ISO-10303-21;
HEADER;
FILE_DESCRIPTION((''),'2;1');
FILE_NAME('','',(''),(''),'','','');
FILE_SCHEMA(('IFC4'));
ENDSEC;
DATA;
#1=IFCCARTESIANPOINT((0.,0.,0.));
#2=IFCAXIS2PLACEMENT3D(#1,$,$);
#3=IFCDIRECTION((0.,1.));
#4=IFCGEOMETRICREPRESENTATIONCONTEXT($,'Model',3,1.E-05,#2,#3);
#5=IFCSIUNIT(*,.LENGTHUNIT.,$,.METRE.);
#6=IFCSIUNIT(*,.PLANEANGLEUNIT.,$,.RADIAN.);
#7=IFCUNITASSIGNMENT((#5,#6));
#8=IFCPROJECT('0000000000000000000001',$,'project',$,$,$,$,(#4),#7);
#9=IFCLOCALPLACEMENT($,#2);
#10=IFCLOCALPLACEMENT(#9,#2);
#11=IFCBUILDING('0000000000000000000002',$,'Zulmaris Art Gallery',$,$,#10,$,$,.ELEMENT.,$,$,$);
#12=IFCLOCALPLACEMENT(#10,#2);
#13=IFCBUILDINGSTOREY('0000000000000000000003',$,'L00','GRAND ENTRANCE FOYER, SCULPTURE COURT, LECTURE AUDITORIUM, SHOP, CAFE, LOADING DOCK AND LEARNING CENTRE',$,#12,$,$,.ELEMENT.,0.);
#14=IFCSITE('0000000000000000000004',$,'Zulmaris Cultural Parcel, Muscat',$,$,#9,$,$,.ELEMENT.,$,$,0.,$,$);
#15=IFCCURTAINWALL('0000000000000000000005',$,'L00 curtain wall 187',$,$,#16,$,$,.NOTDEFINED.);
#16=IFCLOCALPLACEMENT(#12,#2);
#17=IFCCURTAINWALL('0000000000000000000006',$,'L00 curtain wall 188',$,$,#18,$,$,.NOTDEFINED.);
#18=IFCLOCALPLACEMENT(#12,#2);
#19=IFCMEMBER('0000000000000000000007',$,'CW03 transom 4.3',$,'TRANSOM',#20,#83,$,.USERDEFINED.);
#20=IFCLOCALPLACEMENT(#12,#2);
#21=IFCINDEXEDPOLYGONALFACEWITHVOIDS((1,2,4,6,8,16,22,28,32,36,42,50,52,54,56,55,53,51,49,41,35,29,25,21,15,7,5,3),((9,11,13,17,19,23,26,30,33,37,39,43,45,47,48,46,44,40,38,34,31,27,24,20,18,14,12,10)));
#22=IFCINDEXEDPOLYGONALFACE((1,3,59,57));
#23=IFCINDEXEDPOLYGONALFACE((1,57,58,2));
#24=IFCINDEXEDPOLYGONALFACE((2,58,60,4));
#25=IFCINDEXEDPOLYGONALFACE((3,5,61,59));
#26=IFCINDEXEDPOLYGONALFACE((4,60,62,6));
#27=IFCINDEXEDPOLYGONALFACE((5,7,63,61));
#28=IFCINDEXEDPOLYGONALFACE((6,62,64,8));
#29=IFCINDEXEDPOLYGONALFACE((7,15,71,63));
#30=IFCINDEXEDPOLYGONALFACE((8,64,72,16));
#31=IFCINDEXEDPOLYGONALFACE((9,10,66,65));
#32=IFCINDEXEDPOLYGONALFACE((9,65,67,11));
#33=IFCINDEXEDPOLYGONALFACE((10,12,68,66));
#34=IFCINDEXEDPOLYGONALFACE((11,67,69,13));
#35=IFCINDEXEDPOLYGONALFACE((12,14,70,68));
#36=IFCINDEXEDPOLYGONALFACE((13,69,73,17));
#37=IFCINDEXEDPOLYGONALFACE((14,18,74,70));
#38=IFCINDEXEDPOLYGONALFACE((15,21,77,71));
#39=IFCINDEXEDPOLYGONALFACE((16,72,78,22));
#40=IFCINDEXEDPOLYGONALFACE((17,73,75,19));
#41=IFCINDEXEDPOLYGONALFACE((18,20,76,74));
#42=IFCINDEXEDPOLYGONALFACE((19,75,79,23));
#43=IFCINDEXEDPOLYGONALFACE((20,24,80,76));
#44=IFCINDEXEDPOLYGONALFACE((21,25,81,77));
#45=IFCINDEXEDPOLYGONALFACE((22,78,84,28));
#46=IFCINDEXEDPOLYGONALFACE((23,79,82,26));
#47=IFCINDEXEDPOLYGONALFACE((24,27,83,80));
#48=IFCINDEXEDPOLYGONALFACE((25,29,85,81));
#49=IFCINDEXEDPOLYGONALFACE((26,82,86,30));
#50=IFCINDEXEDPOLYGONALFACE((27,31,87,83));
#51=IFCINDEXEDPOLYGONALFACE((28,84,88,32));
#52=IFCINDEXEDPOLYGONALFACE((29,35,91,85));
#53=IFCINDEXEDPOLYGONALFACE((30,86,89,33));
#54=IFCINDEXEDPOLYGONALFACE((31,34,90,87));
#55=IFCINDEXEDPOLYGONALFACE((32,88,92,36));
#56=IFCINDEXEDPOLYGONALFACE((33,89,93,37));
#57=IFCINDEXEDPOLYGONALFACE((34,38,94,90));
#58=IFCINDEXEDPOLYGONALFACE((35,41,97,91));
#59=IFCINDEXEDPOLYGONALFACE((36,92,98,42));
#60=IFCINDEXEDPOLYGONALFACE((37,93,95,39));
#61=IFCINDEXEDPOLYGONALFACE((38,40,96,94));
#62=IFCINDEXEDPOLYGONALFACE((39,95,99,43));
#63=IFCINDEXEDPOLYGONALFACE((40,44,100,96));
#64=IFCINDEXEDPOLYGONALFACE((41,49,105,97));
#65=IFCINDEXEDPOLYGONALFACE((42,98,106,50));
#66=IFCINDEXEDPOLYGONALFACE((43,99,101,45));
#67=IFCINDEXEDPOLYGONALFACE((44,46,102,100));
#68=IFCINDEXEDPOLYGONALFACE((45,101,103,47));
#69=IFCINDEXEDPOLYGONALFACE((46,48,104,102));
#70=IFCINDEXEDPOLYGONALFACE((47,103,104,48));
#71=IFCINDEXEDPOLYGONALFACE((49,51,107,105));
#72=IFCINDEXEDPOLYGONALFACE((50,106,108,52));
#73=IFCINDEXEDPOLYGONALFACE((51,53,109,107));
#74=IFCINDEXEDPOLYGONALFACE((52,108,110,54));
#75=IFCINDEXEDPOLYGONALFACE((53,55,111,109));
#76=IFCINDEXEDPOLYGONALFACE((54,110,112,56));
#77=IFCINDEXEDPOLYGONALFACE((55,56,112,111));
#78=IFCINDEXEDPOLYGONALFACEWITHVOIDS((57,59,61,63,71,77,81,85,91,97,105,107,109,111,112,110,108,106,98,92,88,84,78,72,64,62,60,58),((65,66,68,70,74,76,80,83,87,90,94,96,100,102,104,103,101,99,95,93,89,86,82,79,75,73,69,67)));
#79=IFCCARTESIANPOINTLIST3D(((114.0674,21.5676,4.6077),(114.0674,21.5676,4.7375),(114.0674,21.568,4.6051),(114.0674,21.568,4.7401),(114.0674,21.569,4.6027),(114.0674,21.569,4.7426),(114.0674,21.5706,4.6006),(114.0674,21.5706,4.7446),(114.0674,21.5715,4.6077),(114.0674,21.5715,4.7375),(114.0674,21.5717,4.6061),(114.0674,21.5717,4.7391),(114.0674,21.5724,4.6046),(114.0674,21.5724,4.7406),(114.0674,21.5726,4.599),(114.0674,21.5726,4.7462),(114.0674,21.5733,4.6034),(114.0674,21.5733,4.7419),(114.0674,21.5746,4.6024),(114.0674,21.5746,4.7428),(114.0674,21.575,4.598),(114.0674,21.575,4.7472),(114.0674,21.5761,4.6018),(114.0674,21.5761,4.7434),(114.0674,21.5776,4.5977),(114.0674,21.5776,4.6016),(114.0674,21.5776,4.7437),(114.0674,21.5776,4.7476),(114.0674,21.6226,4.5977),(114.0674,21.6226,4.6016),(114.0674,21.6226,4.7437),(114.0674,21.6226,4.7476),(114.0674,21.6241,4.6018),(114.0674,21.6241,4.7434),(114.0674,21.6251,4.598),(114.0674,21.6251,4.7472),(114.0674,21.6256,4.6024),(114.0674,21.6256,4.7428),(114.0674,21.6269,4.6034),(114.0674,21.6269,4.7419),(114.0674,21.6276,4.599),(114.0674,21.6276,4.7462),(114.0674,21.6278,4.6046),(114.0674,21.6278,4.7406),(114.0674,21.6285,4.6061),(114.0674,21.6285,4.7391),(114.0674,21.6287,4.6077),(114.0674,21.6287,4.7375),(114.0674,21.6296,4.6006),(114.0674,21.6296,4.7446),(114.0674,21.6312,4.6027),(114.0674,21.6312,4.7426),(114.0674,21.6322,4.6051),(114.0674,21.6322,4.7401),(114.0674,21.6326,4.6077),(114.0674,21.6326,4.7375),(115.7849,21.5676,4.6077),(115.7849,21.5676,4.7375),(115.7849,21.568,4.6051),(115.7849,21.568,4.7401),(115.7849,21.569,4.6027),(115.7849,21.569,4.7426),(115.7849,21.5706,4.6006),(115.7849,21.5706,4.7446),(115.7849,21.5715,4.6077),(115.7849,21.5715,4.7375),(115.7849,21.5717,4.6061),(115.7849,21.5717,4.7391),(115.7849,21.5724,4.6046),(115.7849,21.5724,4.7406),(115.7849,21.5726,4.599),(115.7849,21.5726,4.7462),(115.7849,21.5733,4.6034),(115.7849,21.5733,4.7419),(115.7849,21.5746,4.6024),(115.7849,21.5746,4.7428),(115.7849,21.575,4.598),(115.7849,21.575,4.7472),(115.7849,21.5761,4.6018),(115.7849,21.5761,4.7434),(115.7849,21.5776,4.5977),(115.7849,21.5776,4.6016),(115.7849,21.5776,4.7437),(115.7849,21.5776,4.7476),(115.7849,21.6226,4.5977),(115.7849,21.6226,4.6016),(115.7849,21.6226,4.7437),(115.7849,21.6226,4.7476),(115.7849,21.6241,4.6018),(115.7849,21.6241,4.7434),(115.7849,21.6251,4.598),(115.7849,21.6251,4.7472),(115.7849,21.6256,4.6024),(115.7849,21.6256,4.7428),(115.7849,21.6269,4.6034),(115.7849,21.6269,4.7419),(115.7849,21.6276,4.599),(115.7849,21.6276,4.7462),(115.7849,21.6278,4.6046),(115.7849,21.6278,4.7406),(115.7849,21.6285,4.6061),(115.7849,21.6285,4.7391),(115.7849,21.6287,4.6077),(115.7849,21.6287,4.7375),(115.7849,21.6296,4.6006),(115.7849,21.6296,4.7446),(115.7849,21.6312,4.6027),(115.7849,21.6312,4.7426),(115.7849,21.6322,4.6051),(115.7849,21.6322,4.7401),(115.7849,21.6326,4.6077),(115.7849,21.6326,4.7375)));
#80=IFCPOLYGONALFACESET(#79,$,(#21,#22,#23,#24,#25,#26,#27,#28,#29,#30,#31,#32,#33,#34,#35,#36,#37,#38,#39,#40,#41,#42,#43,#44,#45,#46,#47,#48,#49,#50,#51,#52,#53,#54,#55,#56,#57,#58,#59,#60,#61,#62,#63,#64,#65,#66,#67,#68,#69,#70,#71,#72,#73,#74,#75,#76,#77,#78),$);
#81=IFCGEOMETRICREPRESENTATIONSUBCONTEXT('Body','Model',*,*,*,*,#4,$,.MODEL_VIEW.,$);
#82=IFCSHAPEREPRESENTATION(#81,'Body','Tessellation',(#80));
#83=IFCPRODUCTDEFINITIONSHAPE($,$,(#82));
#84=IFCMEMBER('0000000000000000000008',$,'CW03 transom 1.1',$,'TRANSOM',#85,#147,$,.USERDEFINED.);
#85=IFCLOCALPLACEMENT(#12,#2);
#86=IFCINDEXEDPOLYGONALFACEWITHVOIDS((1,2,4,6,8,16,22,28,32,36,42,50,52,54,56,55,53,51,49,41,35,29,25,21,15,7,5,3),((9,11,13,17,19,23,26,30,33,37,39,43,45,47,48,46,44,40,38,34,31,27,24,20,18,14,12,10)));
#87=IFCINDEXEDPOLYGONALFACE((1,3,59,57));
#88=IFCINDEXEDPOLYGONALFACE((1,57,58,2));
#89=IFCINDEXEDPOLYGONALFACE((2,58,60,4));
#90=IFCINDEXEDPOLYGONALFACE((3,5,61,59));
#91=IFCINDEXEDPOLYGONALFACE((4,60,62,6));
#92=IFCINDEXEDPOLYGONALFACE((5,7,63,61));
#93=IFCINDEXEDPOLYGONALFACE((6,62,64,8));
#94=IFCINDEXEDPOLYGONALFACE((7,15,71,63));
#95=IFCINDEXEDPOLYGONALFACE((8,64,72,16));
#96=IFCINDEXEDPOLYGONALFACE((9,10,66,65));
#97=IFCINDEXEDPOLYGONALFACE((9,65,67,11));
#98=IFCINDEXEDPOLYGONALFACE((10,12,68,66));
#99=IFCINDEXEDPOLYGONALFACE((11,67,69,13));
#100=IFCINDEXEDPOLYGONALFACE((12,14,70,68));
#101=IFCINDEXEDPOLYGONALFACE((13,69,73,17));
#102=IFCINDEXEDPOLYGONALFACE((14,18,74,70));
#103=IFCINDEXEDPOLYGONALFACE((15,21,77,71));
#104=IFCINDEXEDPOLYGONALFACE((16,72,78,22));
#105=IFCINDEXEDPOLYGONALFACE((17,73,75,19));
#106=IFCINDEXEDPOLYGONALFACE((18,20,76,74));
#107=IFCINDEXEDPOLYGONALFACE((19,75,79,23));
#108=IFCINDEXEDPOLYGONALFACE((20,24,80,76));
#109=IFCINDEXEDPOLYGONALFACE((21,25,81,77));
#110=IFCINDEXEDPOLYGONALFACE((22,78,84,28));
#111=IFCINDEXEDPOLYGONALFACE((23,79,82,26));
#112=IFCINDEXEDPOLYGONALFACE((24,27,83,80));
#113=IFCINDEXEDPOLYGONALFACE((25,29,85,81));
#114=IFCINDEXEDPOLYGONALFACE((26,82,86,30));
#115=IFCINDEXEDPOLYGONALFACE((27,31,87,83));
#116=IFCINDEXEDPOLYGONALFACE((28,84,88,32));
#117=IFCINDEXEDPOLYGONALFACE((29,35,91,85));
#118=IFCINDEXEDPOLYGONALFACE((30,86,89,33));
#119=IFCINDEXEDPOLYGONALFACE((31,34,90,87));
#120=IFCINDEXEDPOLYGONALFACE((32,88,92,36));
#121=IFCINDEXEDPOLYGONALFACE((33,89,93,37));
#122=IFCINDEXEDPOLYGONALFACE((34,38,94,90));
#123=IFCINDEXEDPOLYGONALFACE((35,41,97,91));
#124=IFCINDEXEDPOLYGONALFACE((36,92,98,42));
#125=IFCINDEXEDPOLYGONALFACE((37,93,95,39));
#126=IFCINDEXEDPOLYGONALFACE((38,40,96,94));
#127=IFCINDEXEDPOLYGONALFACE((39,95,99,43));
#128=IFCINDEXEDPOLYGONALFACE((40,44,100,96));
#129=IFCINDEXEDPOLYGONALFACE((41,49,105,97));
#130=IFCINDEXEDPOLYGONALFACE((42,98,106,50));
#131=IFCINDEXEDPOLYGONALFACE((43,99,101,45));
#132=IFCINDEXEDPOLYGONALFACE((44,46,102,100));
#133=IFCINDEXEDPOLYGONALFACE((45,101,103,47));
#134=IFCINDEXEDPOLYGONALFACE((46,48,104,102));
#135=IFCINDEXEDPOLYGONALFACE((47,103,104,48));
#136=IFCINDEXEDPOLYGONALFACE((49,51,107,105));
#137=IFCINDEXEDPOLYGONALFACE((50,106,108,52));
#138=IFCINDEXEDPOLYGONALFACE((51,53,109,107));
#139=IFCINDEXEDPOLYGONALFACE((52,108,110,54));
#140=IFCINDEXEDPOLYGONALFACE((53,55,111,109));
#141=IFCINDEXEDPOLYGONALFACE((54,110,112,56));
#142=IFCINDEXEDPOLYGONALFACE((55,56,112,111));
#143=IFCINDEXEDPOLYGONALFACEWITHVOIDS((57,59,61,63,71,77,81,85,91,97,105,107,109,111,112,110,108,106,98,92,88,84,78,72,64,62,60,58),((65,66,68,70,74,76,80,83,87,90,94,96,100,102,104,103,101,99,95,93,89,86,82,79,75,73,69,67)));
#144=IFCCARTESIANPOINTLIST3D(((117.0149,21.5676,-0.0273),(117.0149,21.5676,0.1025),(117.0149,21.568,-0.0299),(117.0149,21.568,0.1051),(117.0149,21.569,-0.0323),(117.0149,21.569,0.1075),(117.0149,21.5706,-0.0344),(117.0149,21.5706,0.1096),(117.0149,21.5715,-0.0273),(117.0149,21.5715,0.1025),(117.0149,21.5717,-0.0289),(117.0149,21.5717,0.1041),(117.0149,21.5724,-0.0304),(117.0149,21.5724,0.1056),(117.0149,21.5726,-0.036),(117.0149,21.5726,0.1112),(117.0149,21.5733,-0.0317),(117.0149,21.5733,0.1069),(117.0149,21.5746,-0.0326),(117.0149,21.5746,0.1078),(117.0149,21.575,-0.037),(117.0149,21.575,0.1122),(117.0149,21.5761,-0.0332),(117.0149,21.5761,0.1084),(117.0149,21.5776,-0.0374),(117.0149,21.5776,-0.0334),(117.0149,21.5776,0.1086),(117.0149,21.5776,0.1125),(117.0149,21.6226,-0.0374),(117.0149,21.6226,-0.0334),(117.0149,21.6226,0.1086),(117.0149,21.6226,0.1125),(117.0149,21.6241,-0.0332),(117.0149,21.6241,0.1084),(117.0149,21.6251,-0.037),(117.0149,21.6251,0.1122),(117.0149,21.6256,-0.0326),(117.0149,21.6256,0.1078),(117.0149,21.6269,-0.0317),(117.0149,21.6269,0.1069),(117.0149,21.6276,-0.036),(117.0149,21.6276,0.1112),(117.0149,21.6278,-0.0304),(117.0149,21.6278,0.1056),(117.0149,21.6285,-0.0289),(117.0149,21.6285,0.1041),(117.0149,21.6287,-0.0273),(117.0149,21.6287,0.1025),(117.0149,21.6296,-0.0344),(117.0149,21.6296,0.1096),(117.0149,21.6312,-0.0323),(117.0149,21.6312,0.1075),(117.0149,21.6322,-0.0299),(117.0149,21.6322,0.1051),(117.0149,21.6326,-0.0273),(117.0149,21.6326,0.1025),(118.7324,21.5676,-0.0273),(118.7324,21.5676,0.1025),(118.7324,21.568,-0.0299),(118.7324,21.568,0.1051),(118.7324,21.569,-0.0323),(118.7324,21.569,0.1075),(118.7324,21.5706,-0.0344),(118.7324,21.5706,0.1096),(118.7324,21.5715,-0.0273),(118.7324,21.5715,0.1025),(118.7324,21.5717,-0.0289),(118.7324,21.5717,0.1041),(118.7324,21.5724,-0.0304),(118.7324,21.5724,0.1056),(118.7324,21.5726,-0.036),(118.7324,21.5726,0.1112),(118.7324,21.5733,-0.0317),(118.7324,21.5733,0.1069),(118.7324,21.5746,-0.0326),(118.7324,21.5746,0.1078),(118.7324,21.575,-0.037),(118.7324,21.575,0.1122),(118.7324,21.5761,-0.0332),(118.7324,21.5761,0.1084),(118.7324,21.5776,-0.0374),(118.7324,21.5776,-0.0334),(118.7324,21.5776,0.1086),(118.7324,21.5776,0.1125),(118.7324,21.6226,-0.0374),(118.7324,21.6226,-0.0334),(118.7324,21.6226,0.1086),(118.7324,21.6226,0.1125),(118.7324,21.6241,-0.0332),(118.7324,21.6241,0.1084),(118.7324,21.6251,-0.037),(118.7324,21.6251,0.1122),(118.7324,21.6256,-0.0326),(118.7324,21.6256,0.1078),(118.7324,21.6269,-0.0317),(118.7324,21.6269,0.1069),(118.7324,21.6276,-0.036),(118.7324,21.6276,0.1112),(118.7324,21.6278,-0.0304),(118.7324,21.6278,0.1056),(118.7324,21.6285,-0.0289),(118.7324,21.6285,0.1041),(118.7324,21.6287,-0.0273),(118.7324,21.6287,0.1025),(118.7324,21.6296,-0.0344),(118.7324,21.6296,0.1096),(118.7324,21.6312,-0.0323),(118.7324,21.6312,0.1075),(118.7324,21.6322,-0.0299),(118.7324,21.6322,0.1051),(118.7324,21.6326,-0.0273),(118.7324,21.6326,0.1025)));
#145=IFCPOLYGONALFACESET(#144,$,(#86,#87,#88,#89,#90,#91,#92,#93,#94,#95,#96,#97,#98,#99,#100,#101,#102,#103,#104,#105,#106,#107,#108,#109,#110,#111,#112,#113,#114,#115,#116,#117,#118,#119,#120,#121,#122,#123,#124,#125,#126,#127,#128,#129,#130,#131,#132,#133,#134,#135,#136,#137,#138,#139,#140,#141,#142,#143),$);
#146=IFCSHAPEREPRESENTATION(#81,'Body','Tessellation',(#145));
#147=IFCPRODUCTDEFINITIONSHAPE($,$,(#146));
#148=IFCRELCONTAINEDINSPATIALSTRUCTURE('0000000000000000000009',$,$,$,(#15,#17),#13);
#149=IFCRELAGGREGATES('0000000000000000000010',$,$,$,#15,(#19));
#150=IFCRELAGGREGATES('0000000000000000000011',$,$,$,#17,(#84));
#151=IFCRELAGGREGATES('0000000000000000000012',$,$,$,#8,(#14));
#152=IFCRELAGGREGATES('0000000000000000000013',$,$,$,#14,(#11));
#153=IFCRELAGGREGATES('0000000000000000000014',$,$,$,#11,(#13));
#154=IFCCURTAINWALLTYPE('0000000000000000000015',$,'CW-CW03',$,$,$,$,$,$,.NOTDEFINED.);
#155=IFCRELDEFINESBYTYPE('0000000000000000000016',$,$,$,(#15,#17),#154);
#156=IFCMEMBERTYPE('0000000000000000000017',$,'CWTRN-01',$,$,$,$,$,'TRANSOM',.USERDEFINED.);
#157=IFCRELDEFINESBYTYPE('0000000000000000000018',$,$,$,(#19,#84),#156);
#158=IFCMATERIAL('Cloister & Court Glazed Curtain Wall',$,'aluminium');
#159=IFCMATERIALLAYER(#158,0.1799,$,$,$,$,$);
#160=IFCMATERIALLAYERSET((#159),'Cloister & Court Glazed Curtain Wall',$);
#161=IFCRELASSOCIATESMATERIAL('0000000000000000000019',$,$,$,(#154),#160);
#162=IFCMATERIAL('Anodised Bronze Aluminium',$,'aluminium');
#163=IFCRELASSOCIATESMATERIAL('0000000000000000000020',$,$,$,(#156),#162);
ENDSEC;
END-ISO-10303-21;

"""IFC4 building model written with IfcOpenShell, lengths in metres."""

from ifc_helpers import new_model, si_unit, direction, frame, origin, origin_2d, place, context, subcontext, project, spatial, hollow_rectangle, extrude, material, layer, layer_set, material_profile, profile_set, type_object, element, aggregate, save


model = new_model("IFC4")

# Units and contexts
model_context = context("Model", 3, precision=1e-05, world=origin(), true_north=direction((0.0, 1.0)))
body_context = subcontext(model_context, "Body", "Model", "MODEL_VIEW")
ifc_project = project(units=[si_unit("LENGTHUNIT", "METRE"), si_unit("PLANEANGLEUNIT", "RADIAN")], contexts=[model_context])

# Site, building, storey
site_placement = place(None, origin())
site = spatial("IfcSite", under=ifc_project, at=site_placement, Name="Zulmaris Cultural Parcel, Muscat", CompositionType="ELEMENT", RefElevation=0.0)
building_placement = place(site_placement, origin())
building = spatial("IfcBuilding", under=site, at=building_placement, Name="Zulmaris Art Gallery", CompositionType="ELEMENT")
storey_placement = place(building_placement, origin())
storey = spatial("IfcBuildingStorey", under=building, at=storey_placement, Name="L00", Description="GRAND ENTRANCE FOYER, SCULPTURE COURT, LECTURE AUDITORIUM, SHOP, CAFE, LOADING DOCK AND LEARNING CENTRE", CompositionType="ELEMENT", Elevation=0.0)

# Curtain walls
ifc_material_1 = material(Name="Cloister & Court Glazed Curtain Wall", Category="aluminium")
ifc_layer_1 = layer(ifc_material_1, 0.1799)
ifc_layer_set_1 = layer_set([ifc_layer_1], Name="Cloister & Court Glazed Curtain Wall")
curtain_wall_type = type_object("IfcCurtainWallType", Name="CW-CW03", PredefinedType="NOTDEFINED", material=ifc_layer_set_1)
curtain_wall_1_placement = place(storey_placement, origin())
curtain_wall_1 = element("IfcCurtainWall", 1, at=curtain_wall_1_placement, inside=storey, type_object=curtain_wall_type, Name="L00 curtain wall 187", PredefinedType="NOTDEFINED")
ifc_material_2 = material(Name="Anodised Bronze Aluminium", Category="aluminium")
curtain_wall_2_placement = place(storey_placement, origin())
curtain_wall_2 = element("IfcCurtainWall", 2, at=curtain_wall_2_placement, inside=storey, type_object=curtain_wall_type, Name="L00 curtain wall 188", PredefinedType="NOTDEFINED")

# Members
ifc_material_profile_1 = material_profile(ifc_material_2, hollow_rectangle(XDim=0.0649, YDim=0.1499, WallThickness=0.0039, InnerFilletRadius=0.0061, OuterFilletRadius=0.01, at=origin_2d()), Name="ALU 65x150x4")
ifc_profile_set_1 = profile_set([ifc_material_profile_1], Name="Anodised Bronze Aluminium")
member_type_1 = type_object("IfcMemberType", Name="CWTRN-01", ElementType="TRANSOM", PredefinedType="USERDEFINED", material=ifc_profile_set_1)
member_1_placement = place(storey_placement, frame((114.0674, 21.6001, 4.6726), z_axis=(1.0, 0.0, 0.0), x_axis=(0.0, 1.0, 0.0)))
member_1 = element("IfcMember", 3, at=member_1_placement, type_object=member_type_1, Name="CW03 transom 4.3", ObjectType="TRANSOM", PredefinedType="USERDEFINED", context=body_context, shape_type="SweptSolid", body=[
    extrude(hollow_rectangle(XDim=0.0649, YDim=0.1499, WallThickness=0.0039, InnerFilletRadius=0.0061, OuterFilletRadius=0.01, at=origin_2d()), origin(), (0.0, 0.0, 1.0), 1.7175),
])
member_2_placement = place(storey_placement, frame((117.0149, 21.6001, 0.0376), z_axis=(1.0, 0.0, 0.0), x_axis=(0.0, 1.0, 0.0)))
member_2 = element("IfcMember", 4, at=member_2_placement, type_object=member_type_1, Name="CW03 transom 1.1", ObjectType="TRANSOM", PredefinedType="USERDEFINED", context=body_context, shape_type="SweptSolid", body=[
    extrude(hollow_rectangle(XDim=0.0649, YDim=0.1499, WallThickness=0.0039, InnerFilletRadius=0.0061, OuterFilletRadius=0.01, at=origin_2d()), origin(), (0.0, 0.0, 1.0), 1.7175),
])

aggregate(curtain_wall_1, [member_1])
aggregate(curtain_wall_2, [member_2])

save(model, "model.ifc")
